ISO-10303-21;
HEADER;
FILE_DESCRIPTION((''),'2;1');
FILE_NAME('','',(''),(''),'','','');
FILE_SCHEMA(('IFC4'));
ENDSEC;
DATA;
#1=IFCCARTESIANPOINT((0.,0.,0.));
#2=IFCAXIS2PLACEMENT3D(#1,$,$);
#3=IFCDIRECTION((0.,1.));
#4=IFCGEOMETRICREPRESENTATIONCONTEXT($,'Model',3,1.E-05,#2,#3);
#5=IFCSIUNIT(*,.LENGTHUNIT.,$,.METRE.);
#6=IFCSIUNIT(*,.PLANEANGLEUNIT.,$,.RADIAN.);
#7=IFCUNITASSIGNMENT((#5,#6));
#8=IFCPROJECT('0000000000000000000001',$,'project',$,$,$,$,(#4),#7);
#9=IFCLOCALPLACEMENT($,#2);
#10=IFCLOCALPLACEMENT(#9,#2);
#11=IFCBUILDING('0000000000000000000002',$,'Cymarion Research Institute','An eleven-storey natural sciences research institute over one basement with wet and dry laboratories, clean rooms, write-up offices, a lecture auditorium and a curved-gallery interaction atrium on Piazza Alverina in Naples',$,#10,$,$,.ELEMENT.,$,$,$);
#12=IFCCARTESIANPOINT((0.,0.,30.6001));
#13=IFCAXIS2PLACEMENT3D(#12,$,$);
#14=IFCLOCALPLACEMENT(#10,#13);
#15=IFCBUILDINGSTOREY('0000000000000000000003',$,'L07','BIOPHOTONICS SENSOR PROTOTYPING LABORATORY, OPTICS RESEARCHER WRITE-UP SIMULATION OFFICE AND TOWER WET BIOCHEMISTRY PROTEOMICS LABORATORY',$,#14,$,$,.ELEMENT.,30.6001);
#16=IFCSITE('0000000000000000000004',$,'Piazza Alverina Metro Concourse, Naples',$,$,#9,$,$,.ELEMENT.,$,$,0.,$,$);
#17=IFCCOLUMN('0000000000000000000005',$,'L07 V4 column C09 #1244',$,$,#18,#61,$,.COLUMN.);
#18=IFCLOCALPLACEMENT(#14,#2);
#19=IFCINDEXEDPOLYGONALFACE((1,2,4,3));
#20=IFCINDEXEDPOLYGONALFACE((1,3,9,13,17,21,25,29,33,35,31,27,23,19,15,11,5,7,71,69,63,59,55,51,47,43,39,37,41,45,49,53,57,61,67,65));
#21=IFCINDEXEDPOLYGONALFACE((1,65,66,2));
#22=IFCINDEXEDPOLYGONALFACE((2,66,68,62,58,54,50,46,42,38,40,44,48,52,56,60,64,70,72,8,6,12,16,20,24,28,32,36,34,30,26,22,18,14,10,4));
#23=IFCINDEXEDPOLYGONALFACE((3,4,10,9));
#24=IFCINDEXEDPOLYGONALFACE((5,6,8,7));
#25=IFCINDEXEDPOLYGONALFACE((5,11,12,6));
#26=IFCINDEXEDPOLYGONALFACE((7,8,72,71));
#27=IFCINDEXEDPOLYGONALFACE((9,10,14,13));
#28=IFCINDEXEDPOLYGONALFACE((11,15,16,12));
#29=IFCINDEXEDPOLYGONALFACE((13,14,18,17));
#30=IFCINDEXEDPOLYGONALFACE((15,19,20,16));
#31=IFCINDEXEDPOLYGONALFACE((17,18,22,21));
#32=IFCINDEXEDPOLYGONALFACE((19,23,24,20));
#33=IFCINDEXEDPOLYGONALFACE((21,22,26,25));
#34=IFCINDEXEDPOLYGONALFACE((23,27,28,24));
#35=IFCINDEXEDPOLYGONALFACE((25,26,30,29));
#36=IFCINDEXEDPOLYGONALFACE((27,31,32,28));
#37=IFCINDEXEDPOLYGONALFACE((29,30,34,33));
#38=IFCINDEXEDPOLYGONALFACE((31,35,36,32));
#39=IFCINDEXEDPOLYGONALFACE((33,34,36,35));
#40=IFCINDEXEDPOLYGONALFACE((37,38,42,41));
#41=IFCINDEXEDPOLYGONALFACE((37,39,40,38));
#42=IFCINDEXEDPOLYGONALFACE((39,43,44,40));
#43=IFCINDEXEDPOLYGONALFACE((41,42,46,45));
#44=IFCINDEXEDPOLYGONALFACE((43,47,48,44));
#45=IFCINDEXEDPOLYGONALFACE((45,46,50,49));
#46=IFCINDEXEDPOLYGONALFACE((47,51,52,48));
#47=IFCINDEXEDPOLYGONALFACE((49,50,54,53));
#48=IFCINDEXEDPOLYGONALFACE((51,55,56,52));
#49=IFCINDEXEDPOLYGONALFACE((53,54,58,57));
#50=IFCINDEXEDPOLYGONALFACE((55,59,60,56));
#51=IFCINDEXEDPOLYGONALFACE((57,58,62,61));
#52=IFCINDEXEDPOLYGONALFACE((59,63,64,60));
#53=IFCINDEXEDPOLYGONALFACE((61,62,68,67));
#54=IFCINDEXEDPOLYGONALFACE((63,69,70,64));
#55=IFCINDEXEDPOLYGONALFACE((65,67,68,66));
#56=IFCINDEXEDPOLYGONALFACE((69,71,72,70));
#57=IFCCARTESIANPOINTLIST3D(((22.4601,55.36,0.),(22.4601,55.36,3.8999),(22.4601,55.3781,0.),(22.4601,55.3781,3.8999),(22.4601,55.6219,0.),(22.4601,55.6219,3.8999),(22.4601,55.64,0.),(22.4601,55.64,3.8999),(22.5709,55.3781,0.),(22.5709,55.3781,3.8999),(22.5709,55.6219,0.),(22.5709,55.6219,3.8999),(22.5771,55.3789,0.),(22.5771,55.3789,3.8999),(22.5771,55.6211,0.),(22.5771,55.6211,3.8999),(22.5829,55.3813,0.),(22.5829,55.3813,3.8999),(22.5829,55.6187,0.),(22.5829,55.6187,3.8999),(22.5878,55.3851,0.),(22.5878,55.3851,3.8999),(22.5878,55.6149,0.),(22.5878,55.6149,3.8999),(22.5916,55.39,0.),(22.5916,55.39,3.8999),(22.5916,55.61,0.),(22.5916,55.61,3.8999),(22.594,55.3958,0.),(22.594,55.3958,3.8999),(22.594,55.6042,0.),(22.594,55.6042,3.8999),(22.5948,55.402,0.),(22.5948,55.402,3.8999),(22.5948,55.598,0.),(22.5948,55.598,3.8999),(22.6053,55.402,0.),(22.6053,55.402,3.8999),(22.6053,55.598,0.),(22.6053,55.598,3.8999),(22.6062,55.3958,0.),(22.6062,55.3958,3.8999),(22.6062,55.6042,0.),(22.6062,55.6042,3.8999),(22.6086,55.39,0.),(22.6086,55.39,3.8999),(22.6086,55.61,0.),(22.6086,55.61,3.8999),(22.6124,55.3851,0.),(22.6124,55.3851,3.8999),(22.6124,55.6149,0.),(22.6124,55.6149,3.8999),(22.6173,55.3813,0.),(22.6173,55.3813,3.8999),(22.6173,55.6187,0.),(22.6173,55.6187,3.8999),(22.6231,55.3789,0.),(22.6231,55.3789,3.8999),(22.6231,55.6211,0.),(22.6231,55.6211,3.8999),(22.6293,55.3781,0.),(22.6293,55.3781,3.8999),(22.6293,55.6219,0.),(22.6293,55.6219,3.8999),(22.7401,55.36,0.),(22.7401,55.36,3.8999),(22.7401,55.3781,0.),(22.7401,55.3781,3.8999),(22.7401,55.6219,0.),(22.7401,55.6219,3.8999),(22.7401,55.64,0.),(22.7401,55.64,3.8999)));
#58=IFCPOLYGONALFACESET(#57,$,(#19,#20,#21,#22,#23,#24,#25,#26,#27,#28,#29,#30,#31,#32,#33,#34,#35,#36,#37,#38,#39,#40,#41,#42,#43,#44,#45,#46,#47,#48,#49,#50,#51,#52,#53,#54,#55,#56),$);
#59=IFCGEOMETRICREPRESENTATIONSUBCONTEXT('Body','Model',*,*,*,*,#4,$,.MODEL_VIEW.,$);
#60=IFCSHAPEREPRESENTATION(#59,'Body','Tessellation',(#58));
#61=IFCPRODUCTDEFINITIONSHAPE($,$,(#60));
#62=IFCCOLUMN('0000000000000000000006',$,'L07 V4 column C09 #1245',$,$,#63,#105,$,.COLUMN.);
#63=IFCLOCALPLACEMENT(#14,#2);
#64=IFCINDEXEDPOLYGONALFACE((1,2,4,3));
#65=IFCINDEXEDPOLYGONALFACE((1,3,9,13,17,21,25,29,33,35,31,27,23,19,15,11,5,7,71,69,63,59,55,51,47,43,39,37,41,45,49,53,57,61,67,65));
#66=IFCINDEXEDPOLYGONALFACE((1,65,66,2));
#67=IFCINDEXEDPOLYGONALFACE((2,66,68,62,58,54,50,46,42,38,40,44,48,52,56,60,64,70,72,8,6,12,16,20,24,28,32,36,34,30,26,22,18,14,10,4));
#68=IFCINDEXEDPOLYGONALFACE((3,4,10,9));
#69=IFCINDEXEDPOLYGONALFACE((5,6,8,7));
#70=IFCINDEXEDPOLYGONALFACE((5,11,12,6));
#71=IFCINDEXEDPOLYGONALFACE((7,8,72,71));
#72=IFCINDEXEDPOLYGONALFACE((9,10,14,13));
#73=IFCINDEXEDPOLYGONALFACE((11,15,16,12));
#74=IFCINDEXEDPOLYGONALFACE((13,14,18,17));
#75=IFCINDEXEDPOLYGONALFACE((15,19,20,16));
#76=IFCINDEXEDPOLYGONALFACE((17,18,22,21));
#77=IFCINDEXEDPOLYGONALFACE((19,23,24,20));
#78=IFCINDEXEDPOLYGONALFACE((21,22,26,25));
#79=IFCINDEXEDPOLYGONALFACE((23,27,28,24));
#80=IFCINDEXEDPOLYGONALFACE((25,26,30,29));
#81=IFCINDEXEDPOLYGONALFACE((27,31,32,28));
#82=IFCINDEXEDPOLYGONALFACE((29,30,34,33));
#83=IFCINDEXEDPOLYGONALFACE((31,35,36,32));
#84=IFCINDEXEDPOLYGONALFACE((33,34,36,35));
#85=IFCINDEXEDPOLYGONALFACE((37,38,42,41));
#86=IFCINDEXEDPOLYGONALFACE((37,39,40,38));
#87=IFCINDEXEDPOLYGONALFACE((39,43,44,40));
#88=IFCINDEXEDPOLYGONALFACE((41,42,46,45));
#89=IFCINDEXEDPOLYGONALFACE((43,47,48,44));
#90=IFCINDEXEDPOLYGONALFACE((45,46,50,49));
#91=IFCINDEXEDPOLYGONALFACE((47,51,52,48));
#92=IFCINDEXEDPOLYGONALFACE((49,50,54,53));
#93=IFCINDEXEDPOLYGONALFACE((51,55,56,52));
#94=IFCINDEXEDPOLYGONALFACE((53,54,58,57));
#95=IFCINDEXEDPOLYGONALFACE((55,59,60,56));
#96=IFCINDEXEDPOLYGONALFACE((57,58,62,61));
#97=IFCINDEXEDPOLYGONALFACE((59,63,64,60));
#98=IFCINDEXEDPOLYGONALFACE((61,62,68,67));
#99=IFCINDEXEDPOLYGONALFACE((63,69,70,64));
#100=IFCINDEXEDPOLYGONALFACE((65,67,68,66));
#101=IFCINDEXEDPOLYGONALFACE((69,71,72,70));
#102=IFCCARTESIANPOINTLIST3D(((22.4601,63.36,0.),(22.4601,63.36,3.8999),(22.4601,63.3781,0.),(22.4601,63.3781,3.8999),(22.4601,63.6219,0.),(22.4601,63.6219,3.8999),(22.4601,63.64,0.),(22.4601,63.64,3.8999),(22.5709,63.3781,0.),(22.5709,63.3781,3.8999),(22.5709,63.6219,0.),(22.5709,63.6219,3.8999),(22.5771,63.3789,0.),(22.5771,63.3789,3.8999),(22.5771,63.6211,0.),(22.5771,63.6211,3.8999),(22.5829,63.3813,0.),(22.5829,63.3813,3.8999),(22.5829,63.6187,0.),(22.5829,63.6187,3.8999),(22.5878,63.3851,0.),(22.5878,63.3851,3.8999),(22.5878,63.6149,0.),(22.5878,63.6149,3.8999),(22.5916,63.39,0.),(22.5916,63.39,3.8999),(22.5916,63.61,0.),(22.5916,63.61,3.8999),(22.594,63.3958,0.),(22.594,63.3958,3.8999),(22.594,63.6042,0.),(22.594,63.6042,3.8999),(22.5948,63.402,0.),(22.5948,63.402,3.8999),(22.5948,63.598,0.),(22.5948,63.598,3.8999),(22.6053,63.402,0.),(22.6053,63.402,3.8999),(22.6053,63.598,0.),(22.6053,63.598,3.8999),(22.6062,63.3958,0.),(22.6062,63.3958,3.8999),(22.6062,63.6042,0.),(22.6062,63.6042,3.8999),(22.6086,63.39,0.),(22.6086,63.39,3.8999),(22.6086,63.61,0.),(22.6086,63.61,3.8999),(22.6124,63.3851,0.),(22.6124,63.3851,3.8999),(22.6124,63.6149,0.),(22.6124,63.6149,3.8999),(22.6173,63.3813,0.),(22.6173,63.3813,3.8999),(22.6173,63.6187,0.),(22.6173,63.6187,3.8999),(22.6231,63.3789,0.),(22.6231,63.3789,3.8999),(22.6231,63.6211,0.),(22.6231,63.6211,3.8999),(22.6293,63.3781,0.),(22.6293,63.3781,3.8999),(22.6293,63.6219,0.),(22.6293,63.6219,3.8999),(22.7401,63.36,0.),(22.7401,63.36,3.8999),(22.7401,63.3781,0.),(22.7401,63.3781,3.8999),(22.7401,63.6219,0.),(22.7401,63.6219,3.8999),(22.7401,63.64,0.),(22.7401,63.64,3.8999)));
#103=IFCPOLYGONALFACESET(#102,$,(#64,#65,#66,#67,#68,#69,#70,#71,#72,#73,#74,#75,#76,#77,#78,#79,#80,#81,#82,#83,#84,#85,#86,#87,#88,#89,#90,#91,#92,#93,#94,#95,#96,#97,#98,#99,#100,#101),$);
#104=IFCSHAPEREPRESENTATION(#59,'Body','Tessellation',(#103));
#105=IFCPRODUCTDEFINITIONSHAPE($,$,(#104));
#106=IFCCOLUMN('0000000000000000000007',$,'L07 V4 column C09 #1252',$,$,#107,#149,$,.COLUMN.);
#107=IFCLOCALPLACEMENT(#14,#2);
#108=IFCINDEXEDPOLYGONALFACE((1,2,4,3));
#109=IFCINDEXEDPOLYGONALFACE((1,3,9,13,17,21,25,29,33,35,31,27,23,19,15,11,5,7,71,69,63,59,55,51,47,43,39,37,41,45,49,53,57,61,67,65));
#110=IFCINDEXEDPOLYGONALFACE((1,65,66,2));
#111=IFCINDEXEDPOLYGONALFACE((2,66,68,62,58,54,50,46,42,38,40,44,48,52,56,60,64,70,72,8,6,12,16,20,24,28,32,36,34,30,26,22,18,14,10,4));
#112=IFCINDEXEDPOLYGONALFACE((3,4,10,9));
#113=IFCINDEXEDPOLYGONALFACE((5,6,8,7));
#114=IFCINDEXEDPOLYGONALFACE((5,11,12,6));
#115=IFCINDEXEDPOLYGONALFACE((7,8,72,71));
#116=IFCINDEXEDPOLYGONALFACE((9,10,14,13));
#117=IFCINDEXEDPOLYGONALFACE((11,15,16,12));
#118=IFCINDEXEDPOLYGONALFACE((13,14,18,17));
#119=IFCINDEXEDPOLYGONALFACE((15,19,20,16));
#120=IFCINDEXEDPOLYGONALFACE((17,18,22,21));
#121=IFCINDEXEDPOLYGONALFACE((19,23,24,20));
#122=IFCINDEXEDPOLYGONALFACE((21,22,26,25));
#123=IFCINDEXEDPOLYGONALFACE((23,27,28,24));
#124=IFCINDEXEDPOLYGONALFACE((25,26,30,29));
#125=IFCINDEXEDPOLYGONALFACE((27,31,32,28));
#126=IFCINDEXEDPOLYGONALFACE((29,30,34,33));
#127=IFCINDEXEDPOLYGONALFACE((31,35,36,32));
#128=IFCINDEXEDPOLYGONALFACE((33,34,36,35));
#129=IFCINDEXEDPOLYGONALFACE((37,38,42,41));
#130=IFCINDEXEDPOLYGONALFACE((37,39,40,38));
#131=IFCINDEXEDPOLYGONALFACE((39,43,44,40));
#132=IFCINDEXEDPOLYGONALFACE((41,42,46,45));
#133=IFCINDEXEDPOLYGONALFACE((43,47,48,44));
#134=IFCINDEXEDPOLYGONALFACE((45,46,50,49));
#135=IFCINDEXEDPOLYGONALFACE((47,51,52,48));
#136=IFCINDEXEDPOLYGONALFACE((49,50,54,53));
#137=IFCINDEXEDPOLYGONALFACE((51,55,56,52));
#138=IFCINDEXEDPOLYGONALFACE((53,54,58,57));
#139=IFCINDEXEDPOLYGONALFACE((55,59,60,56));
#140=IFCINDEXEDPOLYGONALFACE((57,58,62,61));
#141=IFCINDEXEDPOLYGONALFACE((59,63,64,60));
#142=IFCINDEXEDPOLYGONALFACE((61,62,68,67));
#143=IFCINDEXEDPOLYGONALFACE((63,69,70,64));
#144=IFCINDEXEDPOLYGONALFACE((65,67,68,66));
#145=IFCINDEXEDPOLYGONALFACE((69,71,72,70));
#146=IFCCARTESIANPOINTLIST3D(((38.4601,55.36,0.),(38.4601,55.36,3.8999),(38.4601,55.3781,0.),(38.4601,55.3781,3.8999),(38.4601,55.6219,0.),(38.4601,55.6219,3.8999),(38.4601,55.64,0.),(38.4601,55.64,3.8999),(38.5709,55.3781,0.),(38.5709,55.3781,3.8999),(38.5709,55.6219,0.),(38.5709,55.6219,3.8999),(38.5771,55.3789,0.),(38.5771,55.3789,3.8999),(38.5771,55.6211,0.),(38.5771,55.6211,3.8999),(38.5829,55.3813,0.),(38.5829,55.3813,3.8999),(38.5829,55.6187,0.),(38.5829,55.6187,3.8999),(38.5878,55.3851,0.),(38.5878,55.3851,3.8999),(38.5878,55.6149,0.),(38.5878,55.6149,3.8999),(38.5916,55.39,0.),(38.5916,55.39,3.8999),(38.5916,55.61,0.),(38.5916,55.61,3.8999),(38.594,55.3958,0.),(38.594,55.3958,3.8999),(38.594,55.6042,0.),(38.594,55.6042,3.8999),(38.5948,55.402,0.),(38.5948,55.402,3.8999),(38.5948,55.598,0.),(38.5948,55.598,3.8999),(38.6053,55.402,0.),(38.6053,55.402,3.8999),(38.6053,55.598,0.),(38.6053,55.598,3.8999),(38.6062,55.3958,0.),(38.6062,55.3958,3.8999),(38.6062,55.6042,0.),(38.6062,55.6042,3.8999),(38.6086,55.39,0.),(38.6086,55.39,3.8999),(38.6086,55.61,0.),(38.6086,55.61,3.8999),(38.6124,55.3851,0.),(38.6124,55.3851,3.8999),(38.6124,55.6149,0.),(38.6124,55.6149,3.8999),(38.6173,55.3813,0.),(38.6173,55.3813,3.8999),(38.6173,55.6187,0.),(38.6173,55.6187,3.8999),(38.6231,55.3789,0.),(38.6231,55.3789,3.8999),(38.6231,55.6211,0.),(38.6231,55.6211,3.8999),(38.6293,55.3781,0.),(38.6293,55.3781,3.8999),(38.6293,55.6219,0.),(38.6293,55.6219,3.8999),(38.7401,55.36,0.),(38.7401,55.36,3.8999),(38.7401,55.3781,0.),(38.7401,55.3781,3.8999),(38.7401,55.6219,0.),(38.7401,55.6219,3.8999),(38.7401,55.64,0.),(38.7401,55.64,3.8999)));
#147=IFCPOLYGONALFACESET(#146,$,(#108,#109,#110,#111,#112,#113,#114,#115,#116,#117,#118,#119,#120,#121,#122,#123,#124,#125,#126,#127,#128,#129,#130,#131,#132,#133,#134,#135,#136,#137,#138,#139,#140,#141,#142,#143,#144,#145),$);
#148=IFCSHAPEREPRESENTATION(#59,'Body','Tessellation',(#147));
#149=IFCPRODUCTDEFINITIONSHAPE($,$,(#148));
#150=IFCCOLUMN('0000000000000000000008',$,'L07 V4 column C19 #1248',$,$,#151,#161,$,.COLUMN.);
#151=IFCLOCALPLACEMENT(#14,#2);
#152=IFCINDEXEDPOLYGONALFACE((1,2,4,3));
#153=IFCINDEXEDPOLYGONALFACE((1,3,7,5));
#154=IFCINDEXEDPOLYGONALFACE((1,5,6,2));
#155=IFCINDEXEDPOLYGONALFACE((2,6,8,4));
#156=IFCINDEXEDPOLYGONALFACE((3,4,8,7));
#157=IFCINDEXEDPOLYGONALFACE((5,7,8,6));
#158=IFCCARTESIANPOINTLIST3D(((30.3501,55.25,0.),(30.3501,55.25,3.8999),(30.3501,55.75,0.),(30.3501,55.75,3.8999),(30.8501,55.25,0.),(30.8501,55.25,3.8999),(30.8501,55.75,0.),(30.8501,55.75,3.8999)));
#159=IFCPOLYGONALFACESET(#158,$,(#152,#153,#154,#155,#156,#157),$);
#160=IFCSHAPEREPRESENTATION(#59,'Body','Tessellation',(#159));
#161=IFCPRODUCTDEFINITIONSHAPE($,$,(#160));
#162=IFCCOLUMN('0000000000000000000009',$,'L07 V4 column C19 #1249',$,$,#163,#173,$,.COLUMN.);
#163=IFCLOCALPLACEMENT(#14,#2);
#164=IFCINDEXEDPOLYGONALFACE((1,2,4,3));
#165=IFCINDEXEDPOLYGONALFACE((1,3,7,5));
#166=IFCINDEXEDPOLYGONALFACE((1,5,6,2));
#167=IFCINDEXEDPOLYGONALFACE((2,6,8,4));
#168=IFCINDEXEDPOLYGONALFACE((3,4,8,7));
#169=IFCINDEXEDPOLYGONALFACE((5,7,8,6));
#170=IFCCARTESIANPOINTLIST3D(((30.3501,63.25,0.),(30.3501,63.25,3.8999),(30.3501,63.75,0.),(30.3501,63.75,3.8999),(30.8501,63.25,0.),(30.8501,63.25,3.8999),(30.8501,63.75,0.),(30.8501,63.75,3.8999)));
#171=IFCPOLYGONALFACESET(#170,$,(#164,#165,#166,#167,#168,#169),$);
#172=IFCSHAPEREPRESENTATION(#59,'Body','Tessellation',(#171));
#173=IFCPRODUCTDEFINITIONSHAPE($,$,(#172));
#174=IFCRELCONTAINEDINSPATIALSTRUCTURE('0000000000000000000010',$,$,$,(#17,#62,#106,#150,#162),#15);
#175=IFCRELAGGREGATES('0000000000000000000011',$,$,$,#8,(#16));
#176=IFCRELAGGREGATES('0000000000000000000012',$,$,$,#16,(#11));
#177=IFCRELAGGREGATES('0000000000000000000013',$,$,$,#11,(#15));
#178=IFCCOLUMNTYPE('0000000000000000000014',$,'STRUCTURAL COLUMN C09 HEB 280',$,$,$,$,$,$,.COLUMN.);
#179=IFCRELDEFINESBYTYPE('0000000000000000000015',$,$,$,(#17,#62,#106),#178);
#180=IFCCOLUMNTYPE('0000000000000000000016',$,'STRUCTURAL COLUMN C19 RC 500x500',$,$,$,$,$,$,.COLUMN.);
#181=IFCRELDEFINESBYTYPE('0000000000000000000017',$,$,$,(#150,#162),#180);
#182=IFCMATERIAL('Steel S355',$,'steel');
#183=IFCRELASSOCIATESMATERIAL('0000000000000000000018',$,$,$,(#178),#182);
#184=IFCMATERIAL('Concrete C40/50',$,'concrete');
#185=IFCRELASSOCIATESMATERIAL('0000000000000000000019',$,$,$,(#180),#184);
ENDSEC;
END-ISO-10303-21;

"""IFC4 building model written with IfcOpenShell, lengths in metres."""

from ifc_helpers import new_model, si_unit, direction, frame, origin, origin_2d, place, context, subcontext, project, spatial, rectangle, i_section, extrude, material, material_profile, profile_set, type_object, element, save


model = new_model("IFC4")

# Units and contexts
model_context = context("Model", 3, precision=1e-05, world=origin(), true_north=direction((0.0, 1.0)))
body_context = subcontext(model_context, "Body", "Model", "MODEL_VIEW")
ifc_project = project(units=[si_unit("LENGTHUNIT", "METRE"), si_unit("PLANEANGLEUNIT", "RADIAN")], contexts=[model_context])

# Site, building, storey
site_placement = place(None, origin())
site = spatial("IfcSite", under=ifc_project, at=site_placement, Name="Piazza Alverina Metro Concourse, Naples", CompositionType="ELEMENT", RefElevation=0.0)
building_placement = place(site_placement, origin())
building = spatial("IfcBuilding", under=site, at=building_placement, Name="Cymarion Research Institute", Description="An eleven-storey natural sciences research institute over one basement with wet and dry laboratories, clean rooms, write-up offices, a lecture auditorium and a curved-gallery interaction atrium on Piazza Alverina in Naples", CompositionType="ELEMENT")
storey_placement = place(building_placement, frame((0.0, 0.0, 30.6001)))
storey = spatial("IfcBuildingStorey", under=building, at=storey_placement, Name="L07", Description="BIOPHOTONICS SENSOR PROTOTYPING LABORATORY, OPTICS RESEARCHER WRITE-UP SIMULATION OFFICE AND TOWER WET BIOCHEMISTRY PROTEOMICS LABORATORY", CompositionType="ELEMENT", Elevation=30.6001)

# Columns
ifc_material_1 = material(Name="Steel S355", Category="steel")
ifc_material_profile_1 = material_profile(ifc_material_1, i_section(OverallWidth=0.28, OverallDepth=0.28, WebThickness=0.0105, FlangeThickness=0.0181, FilletRadius=0.0239, at=origin_2d()), Name="HEB 280")
ifc_profile_set_1 = profile_set([ifc_material_profile_1], Name="Steel S355")
column_type_1 = type_object("IfcColumnType", Name="STRUCTURAL COLUMN C09 HEB 280", PredefinedType="COLUMN", material=ifc_profile_set_1)
for number, where, z_axis, x_axis, name in (
    (1, (22.6001, 55.5, 0.0), (0.0, 0.0, 1.0), (1.0, 0.0, 0.0), "L07 V4 column C09 #1244"),
    (2, (22.6001, 63.5, 0.0), (0.0, 0.0, 1.0), (1.0, 0.0, 0.0), "L07 V4 column C09 #1245"),
    (3, (38.6001, 55.5, 0.0), (0.0, 0.0, 1.0), (1.0, 0.0, 0.0), "L07 V4 column C09 #1252"),
):
    element("IfcColumn", number, at=place(storey_placement, frame(where, z_axis=z_axis, x_axis=x_axis)), inside=storey, type_object=column_type_1, Name=name, PredefinedType="COLUMN", context=body_context, shape_type="SweptSolid", body=[
        extrude(i_section(OverallWidth=0.28, OverallDepth=0.28, WebThickness=0.0105, FlangeThickness=0.0181, FilletRadius=0.0239, at=origin_2d()), origin(), (0.0, 0.0, 1.0), 3.8999),
    ])
ifc_material_2 = material(Name="Concrete C40/50", Category="concrete")
ifc_material_profile_2 = material_profile(ifc_material_2, rectangle(XDim=0.5, YDim=0.5, at=origin_2d()), Name="RC 500x500")
ifc_profile_set_2 = profile_set([ifc_material_profile_2], Name="Concrete C40/50")
column_type_2 = type_object("IfcColumnType", Name="STRUCTURAL COLUMN C19 RC 500x500", PredefinedType="COLUMN", material=ifc_profile_set_2)
for number, where, z_axis, x_axis, name in (
    (4, (30.6001, 55.5, 0.0), (0.0, 0.0, 1.0), (1.0, 0.0, 0.0), "L07 V4 column C19 #1248"),
    (5, (30.6001, 63.5, 0.0), (0.0, 0.0, 1.0), (1.0, 0.0, 0.0), "L07 V4 column C19 #1249"),
):
    element("IfcColumn", number, at=place(storey_placement, frame(where, z_axis=z_axis, x_axis=x_axis)), inside=storey, type_object=column_type_2, Name=name, PredefinedType="COLUMN", context=body_context, shape_type="SweptSolid", body=[
        extrude(rectangle(XDim=0.5, YDim=0.5, at=origin_2d()), origin(), (0.0, 0.0, 1.0), 3.8999),
    ])

save(model, "model.ifc")
